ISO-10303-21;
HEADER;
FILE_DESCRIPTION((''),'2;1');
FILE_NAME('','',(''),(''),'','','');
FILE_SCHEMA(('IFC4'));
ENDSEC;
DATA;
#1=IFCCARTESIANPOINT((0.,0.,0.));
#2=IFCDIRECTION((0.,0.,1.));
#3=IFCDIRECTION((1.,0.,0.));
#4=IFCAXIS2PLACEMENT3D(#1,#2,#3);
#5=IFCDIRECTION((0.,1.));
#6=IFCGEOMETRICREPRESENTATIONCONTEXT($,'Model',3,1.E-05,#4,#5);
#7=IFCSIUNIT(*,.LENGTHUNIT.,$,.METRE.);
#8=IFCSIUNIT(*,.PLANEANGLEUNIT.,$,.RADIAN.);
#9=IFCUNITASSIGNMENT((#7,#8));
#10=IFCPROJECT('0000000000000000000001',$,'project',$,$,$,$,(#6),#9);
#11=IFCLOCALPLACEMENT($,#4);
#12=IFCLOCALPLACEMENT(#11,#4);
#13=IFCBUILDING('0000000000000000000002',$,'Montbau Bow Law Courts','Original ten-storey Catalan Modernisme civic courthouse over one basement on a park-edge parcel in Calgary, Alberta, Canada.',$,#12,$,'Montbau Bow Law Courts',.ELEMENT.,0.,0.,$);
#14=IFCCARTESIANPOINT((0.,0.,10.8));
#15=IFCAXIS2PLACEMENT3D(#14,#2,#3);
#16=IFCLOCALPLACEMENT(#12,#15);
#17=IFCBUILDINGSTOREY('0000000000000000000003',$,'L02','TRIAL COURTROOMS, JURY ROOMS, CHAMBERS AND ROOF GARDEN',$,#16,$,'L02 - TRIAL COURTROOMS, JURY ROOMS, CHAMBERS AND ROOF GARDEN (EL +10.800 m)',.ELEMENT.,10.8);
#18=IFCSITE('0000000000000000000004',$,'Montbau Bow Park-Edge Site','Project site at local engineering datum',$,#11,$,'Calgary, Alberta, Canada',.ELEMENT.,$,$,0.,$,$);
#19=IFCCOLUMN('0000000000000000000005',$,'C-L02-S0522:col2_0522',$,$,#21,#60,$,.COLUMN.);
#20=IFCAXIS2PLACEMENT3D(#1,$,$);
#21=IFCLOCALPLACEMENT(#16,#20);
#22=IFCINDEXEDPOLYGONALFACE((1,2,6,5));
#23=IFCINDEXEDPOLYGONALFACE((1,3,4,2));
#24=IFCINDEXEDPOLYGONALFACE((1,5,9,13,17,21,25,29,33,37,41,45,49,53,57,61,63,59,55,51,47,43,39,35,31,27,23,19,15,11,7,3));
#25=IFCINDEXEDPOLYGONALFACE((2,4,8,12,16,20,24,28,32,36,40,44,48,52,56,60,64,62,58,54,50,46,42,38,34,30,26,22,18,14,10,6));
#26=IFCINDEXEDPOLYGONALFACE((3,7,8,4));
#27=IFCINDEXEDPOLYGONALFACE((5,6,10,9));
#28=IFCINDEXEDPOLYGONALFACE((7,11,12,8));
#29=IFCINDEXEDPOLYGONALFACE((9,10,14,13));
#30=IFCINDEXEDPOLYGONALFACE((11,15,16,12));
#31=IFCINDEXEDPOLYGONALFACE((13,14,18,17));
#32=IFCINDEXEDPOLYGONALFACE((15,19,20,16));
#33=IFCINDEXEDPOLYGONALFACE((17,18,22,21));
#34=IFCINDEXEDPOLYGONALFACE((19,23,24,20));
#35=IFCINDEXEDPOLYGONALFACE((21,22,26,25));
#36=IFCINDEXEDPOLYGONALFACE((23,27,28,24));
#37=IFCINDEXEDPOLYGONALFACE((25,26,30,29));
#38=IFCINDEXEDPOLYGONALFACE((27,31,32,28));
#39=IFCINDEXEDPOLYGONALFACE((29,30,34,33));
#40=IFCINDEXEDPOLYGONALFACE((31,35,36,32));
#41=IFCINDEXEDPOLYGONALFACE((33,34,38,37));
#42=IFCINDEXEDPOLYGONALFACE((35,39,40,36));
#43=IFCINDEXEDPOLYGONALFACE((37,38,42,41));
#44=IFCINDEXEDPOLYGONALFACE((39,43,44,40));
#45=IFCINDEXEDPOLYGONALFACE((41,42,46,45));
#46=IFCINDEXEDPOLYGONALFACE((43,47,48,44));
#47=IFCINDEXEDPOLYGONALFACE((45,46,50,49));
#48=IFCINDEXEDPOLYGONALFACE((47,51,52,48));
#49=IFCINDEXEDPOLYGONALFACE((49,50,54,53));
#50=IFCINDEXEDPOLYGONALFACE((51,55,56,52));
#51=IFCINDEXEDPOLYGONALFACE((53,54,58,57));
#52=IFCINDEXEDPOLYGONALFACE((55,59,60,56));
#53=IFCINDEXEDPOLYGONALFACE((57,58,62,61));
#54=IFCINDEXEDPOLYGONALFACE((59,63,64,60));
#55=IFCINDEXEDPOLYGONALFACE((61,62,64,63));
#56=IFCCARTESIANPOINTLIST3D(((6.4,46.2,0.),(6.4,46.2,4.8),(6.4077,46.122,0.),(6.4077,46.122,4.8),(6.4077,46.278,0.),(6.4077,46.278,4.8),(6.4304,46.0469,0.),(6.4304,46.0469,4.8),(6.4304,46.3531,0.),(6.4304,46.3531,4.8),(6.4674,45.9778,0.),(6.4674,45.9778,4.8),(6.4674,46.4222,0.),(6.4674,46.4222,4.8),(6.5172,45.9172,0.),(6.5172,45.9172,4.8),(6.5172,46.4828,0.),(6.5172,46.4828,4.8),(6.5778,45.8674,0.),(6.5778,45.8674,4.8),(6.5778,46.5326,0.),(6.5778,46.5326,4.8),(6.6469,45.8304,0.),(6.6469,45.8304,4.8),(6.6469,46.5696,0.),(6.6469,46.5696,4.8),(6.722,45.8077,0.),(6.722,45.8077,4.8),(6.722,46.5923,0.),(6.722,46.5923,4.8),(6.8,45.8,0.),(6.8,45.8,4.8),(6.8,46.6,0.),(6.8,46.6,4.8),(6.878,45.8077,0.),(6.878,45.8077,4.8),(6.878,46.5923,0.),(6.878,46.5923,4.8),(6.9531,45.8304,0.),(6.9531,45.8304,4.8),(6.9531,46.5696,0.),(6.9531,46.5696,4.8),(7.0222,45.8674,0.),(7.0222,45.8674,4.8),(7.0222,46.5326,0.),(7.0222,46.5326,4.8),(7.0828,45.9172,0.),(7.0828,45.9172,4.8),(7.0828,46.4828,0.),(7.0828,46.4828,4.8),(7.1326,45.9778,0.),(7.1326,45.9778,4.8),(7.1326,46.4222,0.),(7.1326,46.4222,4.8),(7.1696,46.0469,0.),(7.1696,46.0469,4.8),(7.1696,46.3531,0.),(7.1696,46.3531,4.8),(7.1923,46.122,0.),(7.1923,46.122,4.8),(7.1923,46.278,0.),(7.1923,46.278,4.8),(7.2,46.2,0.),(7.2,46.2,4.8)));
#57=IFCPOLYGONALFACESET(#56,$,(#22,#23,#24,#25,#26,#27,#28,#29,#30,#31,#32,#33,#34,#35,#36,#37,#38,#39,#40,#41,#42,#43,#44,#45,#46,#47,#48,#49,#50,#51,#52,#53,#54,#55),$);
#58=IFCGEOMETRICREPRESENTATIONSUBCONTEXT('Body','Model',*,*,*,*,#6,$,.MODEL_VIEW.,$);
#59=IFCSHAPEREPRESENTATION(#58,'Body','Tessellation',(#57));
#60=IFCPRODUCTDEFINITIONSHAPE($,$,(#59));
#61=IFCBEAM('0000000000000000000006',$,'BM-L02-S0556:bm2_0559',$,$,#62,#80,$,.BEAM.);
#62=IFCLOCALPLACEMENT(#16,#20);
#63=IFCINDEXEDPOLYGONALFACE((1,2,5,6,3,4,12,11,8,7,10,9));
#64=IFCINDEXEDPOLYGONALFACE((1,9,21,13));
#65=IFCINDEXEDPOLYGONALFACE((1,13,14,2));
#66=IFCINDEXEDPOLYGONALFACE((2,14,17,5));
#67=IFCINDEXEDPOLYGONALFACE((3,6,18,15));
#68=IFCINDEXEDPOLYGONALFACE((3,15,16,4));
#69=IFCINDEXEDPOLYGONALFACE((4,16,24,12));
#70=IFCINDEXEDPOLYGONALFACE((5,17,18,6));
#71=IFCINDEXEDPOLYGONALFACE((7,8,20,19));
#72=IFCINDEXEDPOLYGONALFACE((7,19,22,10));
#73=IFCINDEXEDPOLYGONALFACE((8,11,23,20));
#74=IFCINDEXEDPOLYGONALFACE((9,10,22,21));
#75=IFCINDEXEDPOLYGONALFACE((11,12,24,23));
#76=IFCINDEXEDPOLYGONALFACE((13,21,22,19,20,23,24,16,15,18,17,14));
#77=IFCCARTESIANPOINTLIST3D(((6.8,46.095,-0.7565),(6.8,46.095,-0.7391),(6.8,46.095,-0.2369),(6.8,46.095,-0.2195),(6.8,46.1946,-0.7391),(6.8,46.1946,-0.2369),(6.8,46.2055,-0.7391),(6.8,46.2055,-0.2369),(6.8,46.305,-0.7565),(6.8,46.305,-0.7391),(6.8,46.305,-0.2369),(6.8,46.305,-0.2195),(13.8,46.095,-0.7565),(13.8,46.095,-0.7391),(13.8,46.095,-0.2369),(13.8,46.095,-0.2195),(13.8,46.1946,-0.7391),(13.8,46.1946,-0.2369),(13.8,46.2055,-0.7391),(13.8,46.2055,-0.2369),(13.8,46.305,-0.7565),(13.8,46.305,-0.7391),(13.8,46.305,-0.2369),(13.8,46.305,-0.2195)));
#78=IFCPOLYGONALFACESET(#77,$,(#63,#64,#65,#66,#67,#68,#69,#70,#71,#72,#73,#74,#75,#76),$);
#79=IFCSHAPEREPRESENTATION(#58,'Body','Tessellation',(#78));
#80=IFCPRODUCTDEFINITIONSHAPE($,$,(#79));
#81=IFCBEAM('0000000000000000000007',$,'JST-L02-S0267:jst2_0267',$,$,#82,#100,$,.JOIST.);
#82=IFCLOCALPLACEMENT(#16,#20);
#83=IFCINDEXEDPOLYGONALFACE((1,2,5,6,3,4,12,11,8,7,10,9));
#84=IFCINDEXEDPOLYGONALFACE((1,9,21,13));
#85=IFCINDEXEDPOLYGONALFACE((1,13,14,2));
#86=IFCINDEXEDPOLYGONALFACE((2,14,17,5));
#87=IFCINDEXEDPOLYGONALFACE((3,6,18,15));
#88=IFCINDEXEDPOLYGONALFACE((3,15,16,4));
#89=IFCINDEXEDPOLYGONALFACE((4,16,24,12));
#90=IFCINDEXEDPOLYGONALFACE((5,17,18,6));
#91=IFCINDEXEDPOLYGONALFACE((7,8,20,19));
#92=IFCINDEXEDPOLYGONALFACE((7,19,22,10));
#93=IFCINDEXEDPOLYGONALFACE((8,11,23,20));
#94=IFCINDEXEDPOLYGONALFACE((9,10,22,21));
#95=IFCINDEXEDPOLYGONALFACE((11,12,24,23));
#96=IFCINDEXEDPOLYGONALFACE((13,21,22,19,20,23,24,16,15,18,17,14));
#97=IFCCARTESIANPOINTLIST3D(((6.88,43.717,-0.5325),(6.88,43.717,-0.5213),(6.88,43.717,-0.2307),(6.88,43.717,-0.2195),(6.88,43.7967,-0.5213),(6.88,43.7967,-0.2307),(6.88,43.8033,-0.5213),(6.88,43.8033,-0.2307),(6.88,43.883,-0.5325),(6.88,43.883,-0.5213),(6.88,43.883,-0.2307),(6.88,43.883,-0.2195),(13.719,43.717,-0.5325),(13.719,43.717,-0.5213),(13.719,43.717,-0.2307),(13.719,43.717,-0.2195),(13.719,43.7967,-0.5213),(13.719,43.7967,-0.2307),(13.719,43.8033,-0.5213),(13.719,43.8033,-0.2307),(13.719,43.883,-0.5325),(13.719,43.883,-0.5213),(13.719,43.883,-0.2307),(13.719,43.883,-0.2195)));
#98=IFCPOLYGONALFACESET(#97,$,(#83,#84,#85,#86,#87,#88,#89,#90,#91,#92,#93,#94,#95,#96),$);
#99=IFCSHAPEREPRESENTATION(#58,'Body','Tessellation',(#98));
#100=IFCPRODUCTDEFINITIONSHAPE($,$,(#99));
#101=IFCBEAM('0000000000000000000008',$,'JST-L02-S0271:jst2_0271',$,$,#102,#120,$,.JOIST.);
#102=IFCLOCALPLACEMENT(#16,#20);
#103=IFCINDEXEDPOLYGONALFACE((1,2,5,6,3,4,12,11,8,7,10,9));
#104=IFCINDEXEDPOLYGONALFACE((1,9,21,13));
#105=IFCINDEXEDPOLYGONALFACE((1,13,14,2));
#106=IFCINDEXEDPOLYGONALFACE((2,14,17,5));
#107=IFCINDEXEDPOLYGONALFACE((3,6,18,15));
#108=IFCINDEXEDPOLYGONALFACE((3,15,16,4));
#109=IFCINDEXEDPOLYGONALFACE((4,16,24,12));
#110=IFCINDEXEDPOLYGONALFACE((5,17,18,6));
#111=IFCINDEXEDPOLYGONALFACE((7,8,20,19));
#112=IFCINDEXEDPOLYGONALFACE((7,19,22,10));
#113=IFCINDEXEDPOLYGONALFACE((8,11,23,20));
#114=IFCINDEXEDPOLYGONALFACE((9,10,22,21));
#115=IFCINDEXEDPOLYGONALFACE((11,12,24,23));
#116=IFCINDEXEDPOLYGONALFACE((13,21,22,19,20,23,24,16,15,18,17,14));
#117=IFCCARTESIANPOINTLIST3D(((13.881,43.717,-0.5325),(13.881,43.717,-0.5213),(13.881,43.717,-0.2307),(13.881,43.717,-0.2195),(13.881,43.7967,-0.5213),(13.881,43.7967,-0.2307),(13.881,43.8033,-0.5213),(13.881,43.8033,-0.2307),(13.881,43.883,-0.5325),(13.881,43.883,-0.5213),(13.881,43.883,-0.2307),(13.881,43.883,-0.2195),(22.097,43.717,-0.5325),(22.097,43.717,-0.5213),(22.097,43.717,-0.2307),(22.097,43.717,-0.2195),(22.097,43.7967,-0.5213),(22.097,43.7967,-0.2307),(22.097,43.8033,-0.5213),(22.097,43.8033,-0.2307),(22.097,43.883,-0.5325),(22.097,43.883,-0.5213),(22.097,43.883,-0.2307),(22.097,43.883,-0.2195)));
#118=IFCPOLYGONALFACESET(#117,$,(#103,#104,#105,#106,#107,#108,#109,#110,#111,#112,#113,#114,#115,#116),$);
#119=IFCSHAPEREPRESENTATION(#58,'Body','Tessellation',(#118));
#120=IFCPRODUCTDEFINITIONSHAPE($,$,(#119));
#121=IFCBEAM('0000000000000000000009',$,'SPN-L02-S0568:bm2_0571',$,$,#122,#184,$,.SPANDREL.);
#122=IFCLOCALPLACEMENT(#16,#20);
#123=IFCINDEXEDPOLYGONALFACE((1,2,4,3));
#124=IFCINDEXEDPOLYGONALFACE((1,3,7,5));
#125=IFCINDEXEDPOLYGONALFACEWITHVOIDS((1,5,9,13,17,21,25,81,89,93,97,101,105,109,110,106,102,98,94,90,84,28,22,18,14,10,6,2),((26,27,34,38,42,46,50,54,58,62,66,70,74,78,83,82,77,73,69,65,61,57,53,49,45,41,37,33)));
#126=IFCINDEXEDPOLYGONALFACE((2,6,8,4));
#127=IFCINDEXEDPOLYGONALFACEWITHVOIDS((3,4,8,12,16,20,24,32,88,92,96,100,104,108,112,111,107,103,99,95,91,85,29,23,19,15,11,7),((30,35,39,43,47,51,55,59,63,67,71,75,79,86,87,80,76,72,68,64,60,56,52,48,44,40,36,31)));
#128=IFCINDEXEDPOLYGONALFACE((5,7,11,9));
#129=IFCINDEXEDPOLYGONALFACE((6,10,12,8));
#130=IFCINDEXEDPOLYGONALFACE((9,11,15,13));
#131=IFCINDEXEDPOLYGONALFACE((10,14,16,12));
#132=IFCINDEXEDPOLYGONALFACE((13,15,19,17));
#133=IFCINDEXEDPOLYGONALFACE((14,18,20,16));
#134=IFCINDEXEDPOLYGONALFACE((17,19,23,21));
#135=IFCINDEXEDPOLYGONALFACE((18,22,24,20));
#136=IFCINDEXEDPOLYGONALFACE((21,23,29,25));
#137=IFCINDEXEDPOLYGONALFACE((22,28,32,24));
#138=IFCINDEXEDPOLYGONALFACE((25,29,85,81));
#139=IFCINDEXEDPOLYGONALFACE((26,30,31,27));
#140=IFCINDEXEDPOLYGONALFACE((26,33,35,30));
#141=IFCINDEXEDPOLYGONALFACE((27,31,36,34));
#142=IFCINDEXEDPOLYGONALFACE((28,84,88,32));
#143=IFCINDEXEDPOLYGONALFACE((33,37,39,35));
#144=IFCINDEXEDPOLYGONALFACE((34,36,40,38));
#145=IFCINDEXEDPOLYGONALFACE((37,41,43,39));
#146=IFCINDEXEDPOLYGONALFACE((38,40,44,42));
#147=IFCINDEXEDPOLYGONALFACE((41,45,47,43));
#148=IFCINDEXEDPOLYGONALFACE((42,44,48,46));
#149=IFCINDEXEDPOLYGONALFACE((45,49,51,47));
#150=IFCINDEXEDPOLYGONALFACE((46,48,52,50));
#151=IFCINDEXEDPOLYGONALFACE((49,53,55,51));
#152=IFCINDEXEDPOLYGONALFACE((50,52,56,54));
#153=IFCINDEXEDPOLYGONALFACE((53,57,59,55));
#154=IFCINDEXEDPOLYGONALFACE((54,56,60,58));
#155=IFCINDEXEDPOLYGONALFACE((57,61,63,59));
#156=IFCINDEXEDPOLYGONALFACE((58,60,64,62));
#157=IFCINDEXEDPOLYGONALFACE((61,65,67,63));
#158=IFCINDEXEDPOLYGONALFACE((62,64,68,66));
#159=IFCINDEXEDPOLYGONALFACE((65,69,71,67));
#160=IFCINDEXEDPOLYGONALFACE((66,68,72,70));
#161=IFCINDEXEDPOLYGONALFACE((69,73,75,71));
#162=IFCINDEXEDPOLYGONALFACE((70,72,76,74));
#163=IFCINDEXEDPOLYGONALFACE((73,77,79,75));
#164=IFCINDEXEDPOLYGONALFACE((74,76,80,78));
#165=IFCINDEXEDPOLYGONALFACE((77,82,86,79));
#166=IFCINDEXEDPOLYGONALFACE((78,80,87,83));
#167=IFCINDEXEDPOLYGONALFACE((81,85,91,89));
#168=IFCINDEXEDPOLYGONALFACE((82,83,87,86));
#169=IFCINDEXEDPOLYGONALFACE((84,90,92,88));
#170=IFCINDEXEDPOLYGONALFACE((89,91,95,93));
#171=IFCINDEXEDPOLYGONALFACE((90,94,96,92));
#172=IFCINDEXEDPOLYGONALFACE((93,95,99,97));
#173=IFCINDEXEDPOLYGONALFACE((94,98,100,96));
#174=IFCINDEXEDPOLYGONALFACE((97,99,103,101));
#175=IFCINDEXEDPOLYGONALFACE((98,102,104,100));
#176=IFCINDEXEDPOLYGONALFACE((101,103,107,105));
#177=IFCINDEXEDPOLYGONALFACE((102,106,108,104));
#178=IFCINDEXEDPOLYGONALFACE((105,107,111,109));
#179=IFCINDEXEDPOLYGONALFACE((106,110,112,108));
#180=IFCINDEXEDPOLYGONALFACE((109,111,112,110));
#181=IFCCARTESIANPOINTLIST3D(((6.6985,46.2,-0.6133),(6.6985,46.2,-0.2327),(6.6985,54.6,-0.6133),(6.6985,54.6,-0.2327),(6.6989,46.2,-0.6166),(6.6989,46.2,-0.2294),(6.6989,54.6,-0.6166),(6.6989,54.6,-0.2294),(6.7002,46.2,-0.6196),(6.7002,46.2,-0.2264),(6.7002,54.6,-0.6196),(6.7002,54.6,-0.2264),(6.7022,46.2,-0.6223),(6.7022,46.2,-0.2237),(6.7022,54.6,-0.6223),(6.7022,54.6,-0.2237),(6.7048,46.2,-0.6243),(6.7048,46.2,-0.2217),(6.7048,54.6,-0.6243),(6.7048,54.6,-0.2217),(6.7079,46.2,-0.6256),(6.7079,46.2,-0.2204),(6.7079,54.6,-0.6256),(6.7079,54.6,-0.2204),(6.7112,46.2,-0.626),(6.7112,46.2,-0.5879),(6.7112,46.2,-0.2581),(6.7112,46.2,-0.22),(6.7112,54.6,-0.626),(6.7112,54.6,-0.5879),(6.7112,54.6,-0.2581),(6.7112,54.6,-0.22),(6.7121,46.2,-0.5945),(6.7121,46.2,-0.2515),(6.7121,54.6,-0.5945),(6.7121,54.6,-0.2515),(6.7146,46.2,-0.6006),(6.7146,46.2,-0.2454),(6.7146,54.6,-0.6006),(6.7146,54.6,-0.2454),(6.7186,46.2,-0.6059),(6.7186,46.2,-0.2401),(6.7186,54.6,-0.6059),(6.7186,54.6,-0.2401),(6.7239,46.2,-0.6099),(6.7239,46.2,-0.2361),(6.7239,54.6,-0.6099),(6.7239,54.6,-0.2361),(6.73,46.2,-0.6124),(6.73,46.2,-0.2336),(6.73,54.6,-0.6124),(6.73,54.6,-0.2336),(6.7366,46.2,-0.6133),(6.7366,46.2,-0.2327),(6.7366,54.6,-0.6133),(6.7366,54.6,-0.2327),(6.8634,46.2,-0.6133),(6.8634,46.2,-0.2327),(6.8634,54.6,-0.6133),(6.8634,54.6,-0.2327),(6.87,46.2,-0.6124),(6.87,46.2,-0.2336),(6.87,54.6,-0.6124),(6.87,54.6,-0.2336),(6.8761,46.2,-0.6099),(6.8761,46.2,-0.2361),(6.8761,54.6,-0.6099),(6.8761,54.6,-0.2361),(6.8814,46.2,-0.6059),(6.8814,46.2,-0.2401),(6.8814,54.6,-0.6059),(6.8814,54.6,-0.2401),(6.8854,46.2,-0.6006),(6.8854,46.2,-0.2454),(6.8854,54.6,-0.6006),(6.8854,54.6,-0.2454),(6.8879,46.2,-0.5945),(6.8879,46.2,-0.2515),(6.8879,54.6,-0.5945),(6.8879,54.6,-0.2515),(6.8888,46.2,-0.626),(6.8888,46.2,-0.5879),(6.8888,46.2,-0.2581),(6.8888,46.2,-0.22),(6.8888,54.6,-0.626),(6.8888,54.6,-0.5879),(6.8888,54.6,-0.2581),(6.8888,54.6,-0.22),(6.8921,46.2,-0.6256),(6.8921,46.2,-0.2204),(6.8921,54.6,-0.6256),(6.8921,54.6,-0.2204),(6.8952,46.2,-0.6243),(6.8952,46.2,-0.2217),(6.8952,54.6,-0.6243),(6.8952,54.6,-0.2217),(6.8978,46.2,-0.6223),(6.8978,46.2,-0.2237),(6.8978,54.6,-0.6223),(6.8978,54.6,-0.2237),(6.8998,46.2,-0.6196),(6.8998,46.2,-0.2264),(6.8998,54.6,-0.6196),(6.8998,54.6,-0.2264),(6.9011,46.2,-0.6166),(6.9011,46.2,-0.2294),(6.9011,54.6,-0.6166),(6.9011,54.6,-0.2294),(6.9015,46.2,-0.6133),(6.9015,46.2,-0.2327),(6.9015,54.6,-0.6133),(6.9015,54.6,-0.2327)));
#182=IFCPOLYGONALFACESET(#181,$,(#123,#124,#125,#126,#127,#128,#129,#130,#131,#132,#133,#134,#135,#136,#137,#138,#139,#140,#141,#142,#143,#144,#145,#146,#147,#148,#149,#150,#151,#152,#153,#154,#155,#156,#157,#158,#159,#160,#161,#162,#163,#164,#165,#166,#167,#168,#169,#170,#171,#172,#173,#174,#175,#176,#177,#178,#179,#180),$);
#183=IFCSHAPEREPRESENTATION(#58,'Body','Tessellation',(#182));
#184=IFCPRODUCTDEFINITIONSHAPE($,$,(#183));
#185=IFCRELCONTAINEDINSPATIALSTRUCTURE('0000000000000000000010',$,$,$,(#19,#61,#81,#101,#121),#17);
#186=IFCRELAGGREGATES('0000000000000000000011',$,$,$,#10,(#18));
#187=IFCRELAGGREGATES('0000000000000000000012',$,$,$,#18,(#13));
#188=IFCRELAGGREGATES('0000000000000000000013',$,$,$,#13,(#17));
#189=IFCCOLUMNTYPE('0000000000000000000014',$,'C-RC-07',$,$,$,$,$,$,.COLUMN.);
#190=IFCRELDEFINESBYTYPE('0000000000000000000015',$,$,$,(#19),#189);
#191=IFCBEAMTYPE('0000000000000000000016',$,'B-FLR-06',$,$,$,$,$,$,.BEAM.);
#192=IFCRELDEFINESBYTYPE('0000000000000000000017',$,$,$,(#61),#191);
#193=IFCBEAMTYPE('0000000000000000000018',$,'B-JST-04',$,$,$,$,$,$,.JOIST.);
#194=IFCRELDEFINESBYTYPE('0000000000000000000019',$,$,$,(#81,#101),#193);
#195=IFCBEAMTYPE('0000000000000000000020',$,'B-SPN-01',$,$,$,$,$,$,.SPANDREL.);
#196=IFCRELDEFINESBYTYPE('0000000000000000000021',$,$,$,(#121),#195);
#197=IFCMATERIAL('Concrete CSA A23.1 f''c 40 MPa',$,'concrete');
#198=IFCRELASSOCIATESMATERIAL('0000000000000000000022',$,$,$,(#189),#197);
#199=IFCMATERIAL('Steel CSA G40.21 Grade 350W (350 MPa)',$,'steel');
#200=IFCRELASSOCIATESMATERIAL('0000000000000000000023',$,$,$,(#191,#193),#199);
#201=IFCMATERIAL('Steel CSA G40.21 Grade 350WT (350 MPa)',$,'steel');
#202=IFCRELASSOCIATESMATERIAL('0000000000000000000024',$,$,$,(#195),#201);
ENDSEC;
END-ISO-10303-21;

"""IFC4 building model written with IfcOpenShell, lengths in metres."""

from ifc_helpers import new_model, si_unit, direction, frame, origin_with_axes, origin_2d_with_axis, place, context, subcontext, project, spatial, hollow_rectangle, circle, i_section, extrude, material, material_profile, profile_set, type_object, element, save


model = new_model("IFC4")

# Units and contexts
model_context = context("Model", 3, precision=1e-05, world=origin_with_axes(), true_north=direction((0.0, 1.0)))
body_context = subcontext(model_context, "Body", "Model", "MODEL_VIEW")
ifc_project = project(units=[si_unit("LENGTHUNIT", "METRE"), si_unit("PLANEANGLEUNIT", "RADIAN")], contexts=[model_context])

# Site, building, storey
site_placement = place(None, origin_with_axes())
site = spatial("IfcSite", under=ifc_project, at=site_placement, Name="Montbau Bow Park-Edge Site", Description="Project site at local engineering datum", LongName="Calgary, Alberta, Canada", CompositionType="ELEMENT", RefElevation=0.0)
building_placement = place(site_placement, origin_with_axes())
building = spatial("IfcBuilding", under=site, at=building_placement, Name="Montbau Bow Law Courts", Description="Original ten-storey Catalan Modernisme civic courthouse over one basement on a park-edge parcel in Calgary, Alberta, Canada.", LongName="Montbau Bow Law Courts", CompositionType="ELEMENT", ElevationOfRefHeight=0.0, ElevationOfTerrain=0.0)
storey_placement = place(building_placement, frame((0.0, 0.0, 10.8), z_axis=(0.0, 0.0, 1.0), x_axis=(1.0, 0.0, 0.0)))
storey = spatial("IfcBuildingStorey", under=building, at=storey_placement, Name="L02", Description="TRIAL COURTROOMS, JURY ROOMS, CHAMBERS AND ROOF GARDEN", LongName="L02 - TRIAL COURTROOMS, JURY ROOMS, CHAMBERS AND ROOF GARDEN (EL +10.800 m)", CompositionType="ELEMENT", Elevation=10.8)

# Column
ifc_material_1 = material(Name="Concrete CSA A23.1 f'c 40 MPa", Category="concrete")
ifc_material_profile_1 = material_profile(ifc_material_1, circle(Radius=0.4, at=origin_2d_with_axis()), Name="RC800D", Category="Main", Priority=0)
ifc_profile_set_1 = profile_set([ifc_material_profile_1], Name="Concrete CSA A23.1 f'c 40 MPa")
column_type = type_object("IfcColumnType", Name="C-RC-07", PredefinedType="COLUMN", material=ifc_profile_set_1)
column_placement = place(None, frame((6.8, 46.2, 10.8), z_axis=(0.0, 0.0, 1.0), x_axis=(1.0, 0.0, 0.0)))
element("IfcColumn", 1, at=column_placement, inside=storey, type_object=column_type, Name="C-L02-S0522:col2_0522", PredefinedType="COLUMN", context=body_context, shape_type="SweptSolid", body=[
    extrude(circle(Radius=0.4, at=origin_2d_with_axis()), origin_with_axes(), (0.0, 0.0, 1.0), 4.8),
])

# Beams
ifc_material_2 = material(Name="Steel CSA G40.21 Grade 350W (350 MPa)", Category="steel")
ifc_material_profile_2 = material_profile(ifc_material_2, i_section(OverallWidth=0.21, OverallDepth=0.537, WebThickness=0.0109, FlangeThickness=0.0174, at=origin_2d_with_axis()), Name="W530X101", Category="Main", Priority=0)
ifc_profile_set_2 = profile_set([ifc_material_profile_2], Name="Steel CSA G40.21 Grade 350W (350 MPa)")
beam_type_1 = type_object("IfcBeamType", Name="B-FLR-06", PredefinedType="BEAM", material=ifc_profile_set_2)
beam_1_placement = place(None, frame((6.8, 46.2, 10.312), z_axis=(1.0, 0.0, 0.0), x_axis=(0.0, 1.0, 0.0)))
element("IfcBeam", 2, at=beam_1_placement, inside=storey, type_object=beam_type_1, Name="BM-L02-S0556:bm2_0559", PredefinedType="BEAM", context=body_context, shape_type="SweptSolid", body=[
    extrude(i_section(OverallWidth=0.21, OverallDepth=0.537, WebThickness=0.0109, FlangeThickness=0.0174, at=origin_2d_with_axis()), origin_with_axes(), (0.0, 0.0, 1.0), 7.0),
])
ifc_material_profile_3 = material_profile(ifc_material_2, i_section(OverallWidth=0.166, OverallDepth=0.313, WebThickness=0.0066, FlangeThickness=0.0112, at=origin_2d_with_axis()), Name="W310X45", Category="Main", Priority=0)
ifc_profile_set_3 = profile_set([ifc_material_profile_3], Name="Steel CSA G40.21 Grade 350W (350 MPa)")
beam_type_2 = type_object("IfcBeamType", Name="B-JST-04", PredefinedType="JOIST", material=ifc_profile_set_3)
beam_2_placement = place(None, frame((6.88, 43.8, 10.424), z_axis=(1.0, 0.0, 0.0), x_axis=(0.0, 1.0, 0.0)))
element("IfcBeam", 3, at=beam_2_placement, inside=storey, type_object=beam_type_2, Name="JST-L02-S0267:jst2_0267", PredefinedType="JOIST", context=body_context, shape_type="SweptSolid", body=[
    extrude(i_section(OverallWidth=0.166, OverallDepth=0.313, WebThickness=0.0066, FlangeThickness=0.0112, at=origin_2d_with_axis()), origin_with_axes(), (0.0, 0.0, 1.0), 6.839),
])
beam_3_placement = place(None, frame((13.881, 43.8, 10.424), z_axis=(1.0, 0.0, 0.0), x_axis=(0.0, 1.0, 0.0)))
element("IfcBeam", 4, at=beam_3_placement, inside=storey, type_object=beam_type_2, Name="JST-L02-S0271:jst2_0271", PredefinedType="JOIST", context=body_context, shape_type="SweptSolid", body=[
    extrude(i_section(OverallWidth=0.166, OverallDepth=0.313, WebThickness=0.0066, FlangeThickness=0.0112, at=origin_2d_with_axis()), origin_with_axes(), (0.0, 0.0, 1.0), 8.216),
])
ifc_material_3 = material(Name="Steel CSA G40.21 Grade 350WT (350 MPa)", Category="steel")
ifc_material_profile_4 = material_profile(ifc_material_3, hollow_rectangle(XDim=0.203, YDim=0.406, WallThickness=0.0127, InnerFilletRadius=0.0254, OuterFilletRadius=0.0127, at=origin_2d_with_axis()), Name="HSS406X203X13", Category="Main", Priority=0)
ifc_profile_set_4 = profile_set([ifc_material_profile_4], Name="Steel CSA G40.21 Grade 350WT (350 MPa)")
beam_type_3 = type_object("IfcBeamType", Name="B-SPN-01", PredefinedType="SPANDREL", material=ifc_profile_set_4)
beam_4_placement = place(None, frame((6.8, 46.2, 10.377), z_axis=(0.0, 1.0, 0.0), x_axis=(-1.0, 0.0, 0.0)))
element("IfcBeam", 5, at=beam_4_placement, inside=storey, type_object=beam_type_3, Name="SPN-L02-S0568:bm2_0571", PredefinedType="SPANDREL", context=body_context, shape_type="SweptSolid", body=[
    extrude(hollow_rectangle(XDim=0.203, YDim=0.406, WallThickness=0.0127, InnerFilletRadius=0.0254, OuterFilletRadius=0.0127, at=origin_2d_with_axis()), origin_with_axes(), (0.0, 0.0, 1.0), 8.4),
])

save(model, "model.ifc")
